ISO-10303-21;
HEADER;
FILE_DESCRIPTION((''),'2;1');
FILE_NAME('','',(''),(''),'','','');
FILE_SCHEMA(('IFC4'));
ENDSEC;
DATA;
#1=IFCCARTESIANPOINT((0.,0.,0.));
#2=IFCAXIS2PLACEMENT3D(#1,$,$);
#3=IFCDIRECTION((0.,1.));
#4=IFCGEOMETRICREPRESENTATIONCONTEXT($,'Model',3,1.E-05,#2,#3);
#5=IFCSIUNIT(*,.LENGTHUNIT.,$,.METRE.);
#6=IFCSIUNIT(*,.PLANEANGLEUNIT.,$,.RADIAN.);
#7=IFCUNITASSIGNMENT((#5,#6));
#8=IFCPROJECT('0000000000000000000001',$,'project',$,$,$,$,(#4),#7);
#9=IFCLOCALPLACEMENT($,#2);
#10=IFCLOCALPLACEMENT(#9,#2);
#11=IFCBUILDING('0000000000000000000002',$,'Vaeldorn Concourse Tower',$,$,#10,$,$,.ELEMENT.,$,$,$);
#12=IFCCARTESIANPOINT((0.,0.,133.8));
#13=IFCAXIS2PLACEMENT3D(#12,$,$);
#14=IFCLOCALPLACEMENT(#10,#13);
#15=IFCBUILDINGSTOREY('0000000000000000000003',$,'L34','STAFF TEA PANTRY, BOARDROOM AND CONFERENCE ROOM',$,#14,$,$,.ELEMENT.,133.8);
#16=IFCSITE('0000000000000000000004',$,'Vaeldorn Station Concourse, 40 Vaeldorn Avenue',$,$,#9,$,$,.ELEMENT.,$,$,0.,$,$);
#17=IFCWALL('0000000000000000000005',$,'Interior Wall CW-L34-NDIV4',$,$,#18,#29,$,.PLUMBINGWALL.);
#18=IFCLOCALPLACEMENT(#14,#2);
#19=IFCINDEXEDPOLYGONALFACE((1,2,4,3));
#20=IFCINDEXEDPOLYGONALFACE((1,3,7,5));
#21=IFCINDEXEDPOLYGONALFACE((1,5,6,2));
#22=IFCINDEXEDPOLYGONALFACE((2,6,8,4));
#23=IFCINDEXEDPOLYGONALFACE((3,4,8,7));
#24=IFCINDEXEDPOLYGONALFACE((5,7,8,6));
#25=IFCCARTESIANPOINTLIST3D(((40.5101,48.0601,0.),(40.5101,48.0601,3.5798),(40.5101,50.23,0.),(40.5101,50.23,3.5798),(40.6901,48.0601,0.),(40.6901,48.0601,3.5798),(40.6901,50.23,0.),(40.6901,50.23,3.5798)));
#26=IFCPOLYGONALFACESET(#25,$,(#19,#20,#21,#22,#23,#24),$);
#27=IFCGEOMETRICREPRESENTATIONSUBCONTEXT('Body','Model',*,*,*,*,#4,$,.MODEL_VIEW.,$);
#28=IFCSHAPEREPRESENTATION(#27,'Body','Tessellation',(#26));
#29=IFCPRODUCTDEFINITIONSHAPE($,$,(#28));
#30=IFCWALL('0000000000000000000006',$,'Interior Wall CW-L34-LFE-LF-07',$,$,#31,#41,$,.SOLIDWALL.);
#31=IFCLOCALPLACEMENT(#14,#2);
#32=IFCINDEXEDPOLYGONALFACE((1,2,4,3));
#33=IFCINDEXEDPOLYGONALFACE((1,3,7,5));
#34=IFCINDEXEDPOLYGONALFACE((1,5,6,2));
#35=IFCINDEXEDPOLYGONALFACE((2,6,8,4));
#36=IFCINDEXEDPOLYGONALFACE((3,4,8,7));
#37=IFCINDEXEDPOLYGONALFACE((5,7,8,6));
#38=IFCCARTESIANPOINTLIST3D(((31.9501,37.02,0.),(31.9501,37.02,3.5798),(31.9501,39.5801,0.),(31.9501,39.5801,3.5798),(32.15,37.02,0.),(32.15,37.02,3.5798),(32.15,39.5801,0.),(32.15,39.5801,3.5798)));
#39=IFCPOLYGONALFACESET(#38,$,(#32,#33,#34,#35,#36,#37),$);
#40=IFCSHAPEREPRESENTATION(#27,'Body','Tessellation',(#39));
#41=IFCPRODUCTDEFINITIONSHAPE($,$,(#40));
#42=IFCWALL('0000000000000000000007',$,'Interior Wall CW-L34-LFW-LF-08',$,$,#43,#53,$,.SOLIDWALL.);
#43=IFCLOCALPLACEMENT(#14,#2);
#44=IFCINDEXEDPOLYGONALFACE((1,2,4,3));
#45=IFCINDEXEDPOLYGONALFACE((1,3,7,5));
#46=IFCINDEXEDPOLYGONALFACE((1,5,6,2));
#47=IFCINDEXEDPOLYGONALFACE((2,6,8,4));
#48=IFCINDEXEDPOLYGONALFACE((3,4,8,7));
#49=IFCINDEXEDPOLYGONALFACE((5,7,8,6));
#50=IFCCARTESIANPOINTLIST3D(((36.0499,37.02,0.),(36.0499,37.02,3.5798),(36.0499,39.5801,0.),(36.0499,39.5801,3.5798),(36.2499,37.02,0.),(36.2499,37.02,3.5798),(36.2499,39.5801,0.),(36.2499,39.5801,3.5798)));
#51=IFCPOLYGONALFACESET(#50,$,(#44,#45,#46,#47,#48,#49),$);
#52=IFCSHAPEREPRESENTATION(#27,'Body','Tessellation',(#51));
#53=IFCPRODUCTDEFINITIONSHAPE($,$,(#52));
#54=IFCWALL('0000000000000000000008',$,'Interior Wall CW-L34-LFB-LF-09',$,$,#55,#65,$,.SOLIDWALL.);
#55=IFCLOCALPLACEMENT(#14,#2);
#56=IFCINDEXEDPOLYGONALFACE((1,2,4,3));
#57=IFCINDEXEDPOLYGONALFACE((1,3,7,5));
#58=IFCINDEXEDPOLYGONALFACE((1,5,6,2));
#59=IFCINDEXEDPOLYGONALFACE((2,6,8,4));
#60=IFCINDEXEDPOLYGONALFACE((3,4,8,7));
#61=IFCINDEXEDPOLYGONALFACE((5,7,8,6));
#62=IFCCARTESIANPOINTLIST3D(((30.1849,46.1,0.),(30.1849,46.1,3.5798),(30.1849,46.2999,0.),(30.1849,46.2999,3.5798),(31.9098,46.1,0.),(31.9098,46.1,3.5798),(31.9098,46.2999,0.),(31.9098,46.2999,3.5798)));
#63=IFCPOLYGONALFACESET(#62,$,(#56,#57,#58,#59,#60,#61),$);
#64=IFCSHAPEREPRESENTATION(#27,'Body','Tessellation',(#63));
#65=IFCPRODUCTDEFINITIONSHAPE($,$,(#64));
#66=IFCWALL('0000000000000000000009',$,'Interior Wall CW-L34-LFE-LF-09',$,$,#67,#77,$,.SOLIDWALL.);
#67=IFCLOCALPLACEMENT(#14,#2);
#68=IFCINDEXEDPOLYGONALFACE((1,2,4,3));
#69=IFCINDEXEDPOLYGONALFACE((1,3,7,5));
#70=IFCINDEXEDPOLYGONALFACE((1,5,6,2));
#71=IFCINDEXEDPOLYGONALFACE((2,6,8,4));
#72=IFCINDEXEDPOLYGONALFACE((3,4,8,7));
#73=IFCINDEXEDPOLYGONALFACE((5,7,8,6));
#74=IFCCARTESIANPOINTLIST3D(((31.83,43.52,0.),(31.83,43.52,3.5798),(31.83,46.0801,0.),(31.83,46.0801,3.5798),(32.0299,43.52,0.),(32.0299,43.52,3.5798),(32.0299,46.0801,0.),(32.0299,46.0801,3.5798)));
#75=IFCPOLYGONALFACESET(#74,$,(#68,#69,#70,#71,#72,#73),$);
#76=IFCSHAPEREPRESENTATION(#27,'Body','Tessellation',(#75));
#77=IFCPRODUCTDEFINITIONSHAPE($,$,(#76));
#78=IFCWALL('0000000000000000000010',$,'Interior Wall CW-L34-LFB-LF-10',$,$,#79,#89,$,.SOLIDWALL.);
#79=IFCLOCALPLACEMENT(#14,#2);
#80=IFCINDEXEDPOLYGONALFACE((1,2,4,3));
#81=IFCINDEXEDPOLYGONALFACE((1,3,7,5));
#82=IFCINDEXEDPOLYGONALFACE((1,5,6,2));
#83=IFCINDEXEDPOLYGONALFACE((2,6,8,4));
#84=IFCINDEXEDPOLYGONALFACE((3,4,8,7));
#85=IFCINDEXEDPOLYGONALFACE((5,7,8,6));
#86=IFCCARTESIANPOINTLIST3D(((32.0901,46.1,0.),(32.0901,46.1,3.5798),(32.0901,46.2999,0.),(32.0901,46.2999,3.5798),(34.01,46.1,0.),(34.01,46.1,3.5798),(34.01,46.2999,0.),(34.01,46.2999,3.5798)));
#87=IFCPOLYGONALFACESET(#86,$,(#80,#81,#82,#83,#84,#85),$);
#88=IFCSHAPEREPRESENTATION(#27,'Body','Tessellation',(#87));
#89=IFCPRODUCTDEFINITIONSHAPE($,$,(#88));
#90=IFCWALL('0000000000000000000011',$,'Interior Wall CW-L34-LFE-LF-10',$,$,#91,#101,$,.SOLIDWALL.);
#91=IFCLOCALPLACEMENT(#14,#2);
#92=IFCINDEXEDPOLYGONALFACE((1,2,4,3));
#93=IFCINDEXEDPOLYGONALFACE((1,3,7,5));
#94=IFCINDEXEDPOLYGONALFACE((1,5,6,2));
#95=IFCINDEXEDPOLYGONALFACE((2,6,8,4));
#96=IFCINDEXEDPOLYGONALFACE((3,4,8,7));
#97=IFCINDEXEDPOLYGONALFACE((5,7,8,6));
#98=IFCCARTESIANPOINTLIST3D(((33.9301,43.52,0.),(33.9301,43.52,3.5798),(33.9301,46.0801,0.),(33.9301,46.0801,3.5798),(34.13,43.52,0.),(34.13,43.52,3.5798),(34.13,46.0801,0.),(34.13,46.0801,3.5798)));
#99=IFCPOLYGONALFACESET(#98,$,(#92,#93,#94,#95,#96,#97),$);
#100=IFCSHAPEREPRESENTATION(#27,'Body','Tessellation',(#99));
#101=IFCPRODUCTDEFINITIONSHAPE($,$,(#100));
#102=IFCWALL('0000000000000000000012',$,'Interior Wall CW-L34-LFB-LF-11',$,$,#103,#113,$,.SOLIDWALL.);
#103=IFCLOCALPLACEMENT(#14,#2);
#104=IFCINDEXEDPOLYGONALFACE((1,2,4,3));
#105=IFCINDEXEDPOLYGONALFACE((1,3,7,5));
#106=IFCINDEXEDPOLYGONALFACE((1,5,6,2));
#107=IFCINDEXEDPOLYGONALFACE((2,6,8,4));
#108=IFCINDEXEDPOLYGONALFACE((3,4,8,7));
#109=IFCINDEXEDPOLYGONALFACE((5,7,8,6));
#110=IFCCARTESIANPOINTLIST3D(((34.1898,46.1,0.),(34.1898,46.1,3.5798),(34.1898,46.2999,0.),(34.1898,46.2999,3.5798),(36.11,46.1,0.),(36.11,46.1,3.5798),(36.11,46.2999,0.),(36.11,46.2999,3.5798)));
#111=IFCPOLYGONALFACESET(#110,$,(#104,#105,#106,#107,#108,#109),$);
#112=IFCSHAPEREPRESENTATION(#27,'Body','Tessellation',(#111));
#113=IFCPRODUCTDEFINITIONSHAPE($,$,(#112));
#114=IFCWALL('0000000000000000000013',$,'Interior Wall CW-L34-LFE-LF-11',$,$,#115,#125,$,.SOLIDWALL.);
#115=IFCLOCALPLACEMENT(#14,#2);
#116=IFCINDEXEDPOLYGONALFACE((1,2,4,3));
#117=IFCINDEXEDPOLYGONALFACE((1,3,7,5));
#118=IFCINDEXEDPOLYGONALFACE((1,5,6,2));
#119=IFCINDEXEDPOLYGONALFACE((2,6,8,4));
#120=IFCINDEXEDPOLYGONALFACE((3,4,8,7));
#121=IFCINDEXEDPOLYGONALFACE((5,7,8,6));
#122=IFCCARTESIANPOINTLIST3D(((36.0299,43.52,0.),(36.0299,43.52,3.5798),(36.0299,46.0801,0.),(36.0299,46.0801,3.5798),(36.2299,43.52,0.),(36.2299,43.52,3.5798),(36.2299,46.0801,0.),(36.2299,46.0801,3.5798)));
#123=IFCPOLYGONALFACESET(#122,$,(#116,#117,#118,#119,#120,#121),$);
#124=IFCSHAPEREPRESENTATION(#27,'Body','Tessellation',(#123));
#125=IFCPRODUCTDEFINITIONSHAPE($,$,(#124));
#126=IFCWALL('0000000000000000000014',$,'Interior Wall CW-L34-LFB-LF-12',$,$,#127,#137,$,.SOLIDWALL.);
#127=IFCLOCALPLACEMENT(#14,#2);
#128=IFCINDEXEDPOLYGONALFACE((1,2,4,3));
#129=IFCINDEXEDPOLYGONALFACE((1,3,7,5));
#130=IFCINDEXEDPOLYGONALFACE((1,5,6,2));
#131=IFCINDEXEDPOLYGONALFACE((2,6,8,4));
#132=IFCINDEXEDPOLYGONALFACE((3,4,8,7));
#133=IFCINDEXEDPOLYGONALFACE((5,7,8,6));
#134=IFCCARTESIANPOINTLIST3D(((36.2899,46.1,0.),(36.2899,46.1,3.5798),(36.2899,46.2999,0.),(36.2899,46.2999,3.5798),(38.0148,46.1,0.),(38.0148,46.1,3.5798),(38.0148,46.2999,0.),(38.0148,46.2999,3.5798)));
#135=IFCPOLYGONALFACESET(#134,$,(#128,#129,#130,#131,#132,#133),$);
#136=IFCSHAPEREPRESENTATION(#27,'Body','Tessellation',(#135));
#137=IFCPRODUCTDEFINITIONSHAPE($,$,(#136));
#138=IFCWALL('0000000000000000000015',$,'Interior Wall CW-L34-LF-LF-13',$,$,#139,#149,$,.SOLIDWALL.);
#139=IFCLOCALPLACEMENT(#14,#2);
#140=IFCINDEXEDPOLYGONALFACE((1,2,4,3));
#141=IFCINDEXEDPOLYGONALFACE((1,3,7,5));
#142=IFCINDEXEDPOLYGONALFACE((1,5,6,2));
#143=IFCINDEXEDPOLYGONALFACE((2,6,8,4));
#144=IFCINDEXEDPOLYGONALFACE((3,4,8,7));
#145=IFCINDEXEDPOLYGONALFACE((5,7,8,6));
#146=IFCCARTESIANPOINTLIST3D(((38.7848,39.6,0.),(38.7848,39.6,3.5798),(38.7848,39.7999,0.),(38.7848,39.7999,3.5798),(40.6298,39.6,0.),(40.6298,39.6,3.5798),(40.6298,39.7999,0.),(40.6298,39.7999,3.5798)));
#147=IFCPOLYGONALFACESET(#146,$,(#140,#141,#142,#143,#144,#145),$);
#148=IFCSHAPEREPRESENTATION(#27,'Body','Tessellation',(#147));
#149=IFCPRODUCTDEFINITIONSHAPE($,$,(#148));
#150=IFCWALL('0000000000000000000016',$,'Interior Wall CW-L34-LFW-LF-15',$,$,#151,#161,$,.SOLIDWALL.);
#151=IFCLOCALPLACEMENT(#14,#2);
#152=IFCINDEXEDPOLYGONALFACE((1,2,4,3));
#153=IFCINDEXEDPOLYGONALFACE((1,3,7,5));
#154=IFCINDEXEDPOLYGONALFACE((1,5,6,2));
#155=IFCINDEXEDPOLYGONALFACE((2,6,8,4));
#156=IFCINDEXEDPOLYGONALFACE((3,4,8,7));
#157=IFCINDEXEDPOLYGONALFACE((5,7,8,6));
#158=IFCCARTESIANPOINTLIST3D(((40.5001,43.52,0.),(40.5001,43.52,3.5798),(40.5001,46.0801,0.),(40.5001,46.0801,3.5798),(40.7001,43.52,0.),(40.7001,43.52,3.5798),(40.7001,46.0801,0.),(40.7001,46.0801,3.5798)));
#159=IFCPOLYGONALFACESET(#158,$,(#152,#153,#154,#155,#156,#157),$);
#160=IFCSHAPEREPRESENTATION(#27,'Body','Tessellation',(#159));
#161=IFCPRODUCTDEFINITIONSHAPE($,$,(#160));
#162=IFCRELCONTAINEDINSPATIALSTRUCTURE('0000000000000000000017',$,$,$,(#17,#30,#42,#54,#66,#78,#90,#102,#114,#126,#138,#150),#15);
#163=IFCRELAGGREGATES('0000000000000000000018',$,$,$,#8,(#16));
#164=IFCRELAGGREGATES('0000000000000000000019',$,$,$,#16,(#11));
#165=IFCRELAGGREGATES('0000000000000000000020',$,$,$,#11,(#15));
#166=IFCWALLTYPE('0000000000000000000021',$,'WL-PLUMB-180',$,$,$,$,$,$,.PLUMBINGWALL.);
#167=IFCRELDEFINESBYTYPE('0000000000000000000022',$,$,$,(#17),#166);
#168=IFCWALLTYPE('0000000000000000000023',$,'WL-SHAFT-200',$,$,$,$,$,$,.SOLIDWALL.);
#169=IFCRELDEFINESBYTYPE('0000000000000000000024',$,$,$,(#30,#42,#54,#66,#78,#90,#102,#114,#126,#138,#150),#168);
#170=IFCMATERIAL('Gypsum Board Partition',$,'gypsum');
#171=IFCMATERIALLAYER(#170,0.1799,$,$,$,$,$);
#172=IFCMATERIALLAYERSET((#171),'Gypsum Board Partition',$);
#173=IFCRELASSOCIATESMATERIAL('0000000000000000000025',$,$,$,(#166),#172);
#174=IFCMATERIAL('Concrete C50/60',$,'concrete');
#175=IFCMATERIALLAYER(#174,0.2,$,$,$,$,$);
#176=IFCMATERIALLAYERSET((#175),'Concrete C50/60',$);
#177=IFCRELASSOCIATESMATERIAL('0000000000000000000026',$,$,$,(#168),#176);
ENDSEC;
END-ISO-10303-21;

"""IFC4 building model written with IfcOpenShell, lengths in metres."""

from ifc_helpers import new_model, si_unit, direction, frame, frame_2d, origin, place, context, subcontext, project, spatial, rectangle, extrude, material, layer, layer_set, type_object, element, save


model = new_model("IFC4")

# Units and contexts
model_context = context("Model", 3, precision=1e-05, world=origin(), true_north=direction((0.0, 1.0)))
body_context = subcontext(model_context, "Body", "Model", "MODEL_VIEW")
ifc_project = project(units=[si_unit("LENGTHUNIT", "METRE"), si_unit("PLANEANGLEUNIT", "RADIAN")], contexts=[model_context])

# Site, building, storey
site_placement = place(None, origin())
site = spatial("IfcSite", under=ifc_project, at=site_placement, Name="Vaeldorn Station Concourse, 40 Vaeldorn Avenue", CompositionType="ELEMENT", RefElevation=0.0)
building_placement = place(site_placement, origin())
building = spatial("IfcBuilding", under=site, at=building_placement, Name="Vaeldorn Concourse Tower", CompositionType="ELEMENT")
storey_placement = place(building_placement, frame((0.0, 0.0, 133.8)))
storey = spatial("IfcBuildingStorey", under=building, at=storey_placement, Name="L34", Description="STAFF TEA PANTRY, BOARDROOM AND CONFERENCE ROOM", CompositionType="ELEMENT", Elevation=133.8)

# Shared definitions
ifc_material_1 = material(Name="Gypsum Board Partition", Category="gypsum")

# Walls
ifc_layer_1 = layer(ifc_material_1, 0.1799)
ifc_layer_set_1 = layer_set([ifc_layer_1], Name="Gypsum Board Partition")
wall_type_1 = type_object("IfcWallType", Name="WL-PLUMB-180", PredefinedType="PLUMBINGWALL", material=ifc_layer_set_1)
for number, where, z_axis, x_axis, name in (
    (1, (40.6001, 48.0601, 0.0), (0.0, 0.0, 1.0), (0.0, 1.0, 0.0), "Interior Wall CW-L34-NDIV4"),
):
    element("IfcWall", number, at=place(storey_placement, frame(where, z_axis=z_axis, x_axis=x_axis)), inside=storey, type_object=wall_type_1, Name=name, PredefinedType="PLUMBINGWALL", context=body_context, shape_type="SweptSolid", body=[
        extrude(rectangle(XDim=2.1699, YDim=0.1799, at=frame_2d((1.085, 0.0))), origin(), (0.0, 0.0, 1.0), 3.5798),
    ])
ifc_material_2 = material(Name="Concrete C50/60", Category="concrete")
ifc_layer_2 = layer(ifc_material_2, 0.2)
ifc_layer_set_2 = layer_set([ifc_layer_2], Name="Concrete C50/60")
wall_type_2 = type_object("IfcWallType", Name="WL-SHAFT-200", PredefinedType="SOLIDWALL", material=ifc_layer_set_2)
wall_1_placement = place(storey_placement, frame((32.05, 37.02, 0.0), z_axis=(0.0, 0.0, 1.0), x_axis=(0.0, 1.0, 0.0)))
element("IfcWall", 2, at=wall_1_placement, inside=storey, type_object=wall_type_2, Name="Interior Wall CW-L34-LFE-LF-07", PredefinedType="SOLIDWALL", context=body_context, shape_type="SweptSolid", body=[
    extrude(rectangle(XDim=2.5601, YDim=0.2, at=frame_2d((1.28, 0.0))), origin(), (0.0, 0.0, 1.0), 3.5798),
])

# Walls
wall_2_placement = place(storey_placement, frame((36.1499, 37.02, 0.0), z_axis=(0.0, 0.0, 1.0), x_axis=(0.0, 1.0, 0.0)))
element("IfcWall", 3, at=wall_2_placement, inside=storey, type_object=wall_type_2, Name="Interior Wall CW-L34-LFW-LF-08", PredefinedType="SOLIDWALL", context=body_context, shape_type="SweptSolid", body=[
    extrude(rectangle(XDim=2.5601, YDim=0.2, at=frame_2d((1.28, 0.0))), origin(), (0.0, 0.0, 1.0), 3.5798),
])
wall_3_placement = place(storey_placement, frame((30.1851, 46.2, 0.0), z_axis=(0.0, 0.0, 1.0), x_axis=(1.0, 0.0, 0.0)))
element("IfcWall", 4, at=wall_3_placement, inside=storey, type_object=wall_type_2, Name="Interior Wall CW-L34-LFB-LF-09", PredefinedType="SOLIDWALL", context=body_context, shape_type="SweptSolid", body=[
    extrude(rectangle(XDim=1.7249, YDim=0.2, at=frame_2d((0.8623, 0.0))), origin(), (0.0, 0.0, 1.0), 3.5798),
])
wall_4_placement = place(storey_placement, frame((31.9299, 43.52, 0.0), z_axis=(0.0, 0.0, 1.0), x_axis=(0.0, 1.0, 0.0)))
element("IfcWall", 5, at=wall_4_placement, inside=storey, type_object=wall_type_2, Name="Interior Wall CW-L34-LFE-LF-09", PredefinedType="SOLIDWALL", context=body_context, shape_type="SweptSolid", body=[
    extrude(rectangle(XDim=2.5601, YDim=0.2, at=frame_2d((1.28, 0.0))), origin(), (0.0, 0.0, 1.0), 3.5798),
])

# Walls
wall_5_placement = place(storey_placement, frame((32.0901, 46.2, 0.0), z_axis=(0.0, 0.0, 1.0), x_axis=(1.0, 0.0, 0.0)))
element("IfcWall", 6, at=wall_5_placement, inside=storey, type_object=wall_type_2, Name="Interior Wall CW-L34-LFB-LF-10", PredefinedType="SOLIDWALL", context=body_context, shape_type="SweptSolid", body=[
    extrude(rectangle(XDim=1.9199, YDim=0.2, at=frame_2d((0.96, 0.0))), origin(), (0.0, 0.0, 1.0), 3.5798),
])
wall_6_placement = place(storey_placement, frame((34.03, 43.52, 0.0), z_axis=(0.0, 0.0, 1.0), x_axis=(0.0, 1.0, 0.0)))
element("IfcWall", 7, at=wall_6_placement, inside=storey, type_object=wall_type_2, Name="Interior Wall CW-L34-LFE-LF-10", PredefinedType="SOLIDWALL", context=body_context, shape_type="SweptSolid", body=[
    extrude(rectangle(XDim=2.5601, YDim=0.2, at=frame_2d((1.28, 0.0))), origin(), (0.0, 0.0, 1.0), 3.5798),
])

# Walls
wall_7_placement = place(storey_placement, frame((34.1899, 46.2, 0.0), z_axis=(0.0, 0.0, 1.0), x_axis=(1.0, 0.0, 0.0)))
element("IfcWall", 8, at=wall_7_placement, inside=storey, type_object=wall_type_2, Name="Interior Wall CW-L34-LFB-LF-11", PredefinedType="SOLIDWALL", context=body_context, shape_type="SweptSolid", body=[
    extrude(rectangle(XDim=1.9202, YDim=0.2, at=frame_2d((0.96, 0.0))), origin(), (0.0, 0.0, 1.0), 3.5798),
])
wall_8_placement = place(storey_placement, frame((36.1299, 43.52, 0.0), z_axis=(0.0, 0.0, 1.0), x_axis=(0.0, 1.0, 0.0)))
element("IfcWall", 9, at=wall_8_placement, inside=storey, type_object=wall_type_2, Name="Interior Wall CW-L34-LFE-LF-11", PredefinedType="SOLIDWALL", context=body_context, shape_type="SweptSolid", body=[
    extrude(rectangle(XDim=2.5601, YDim=0.2, at=frame_2d((1.28, 0.0))), origin(), (0.0, 0.0, 1.0), 3.5798),
])

# Walls
wall_9_placement = place(storey_placement, frame((36.29, 46.2, 0.0), z_axis=(0.0, 0.0, 1.0), x_axis=(1.0, 0.0, 0.0)))
element("IfcWall", 10, at=wall_9_placement, inside=storey, type_object=wall_type_2, Name="Interior Wall CW-L34-LFB-LF-12", PredefinedType="SOLIDWALL", context=body_context, shape_type="SweptSolid", body=[
    extrude(rectangle(XDim=1.7249, YDim=0.2, at=frame_2d((0.8623, 0.0))), origin(), (0.0, 0.0, 1.0), 3.5798),
])
wall_10_placement = place(storey_placement, frame((38.7849, 39.7, 0.0), z_axis=(0.0, 0.0, 1.0), x_axis=(1.0, 0.0, 0.0)))
element("IfcWall", 11, at=wall_10_placement, inside=storey, type_object=wall_type_2, Name="Interior Wall CW-L34-LF-LF-13", PredefinedType="SOLIDWALL", context=body_context, shape_type="SweptSolid", body=[
    extrude(rectangle(XDim=1.845, YDim=0.2, at=frame_2d((0.9224, 0.0))), origin(), (0.0, 0.0, 1.0), 3.5798),
])
wall_11_placement = place(storey_placement, frame((40.6001, 43.52, 0.0), z_axis=(0.0, 0.0, 1.0), x_axis=(0.0, 1.0, 0.0)))
element("IfcWall", 12, at=wall_11_placement, inside=storey, type_object=wall_type_2, Name="Interior Wall CW-L34-LFW-LF-15", PredefinedType="SOLIDWALL", context=body_context, shape_type="SweptSolid", body=[
    extrude(rectangle(XDim=2.5601, YDim=0.2, at=frame_2d((1.28, 0.0))), origin(), (0.0, 0.0, 1.0), 3.5798),
])

save(model, "model.ifc")
